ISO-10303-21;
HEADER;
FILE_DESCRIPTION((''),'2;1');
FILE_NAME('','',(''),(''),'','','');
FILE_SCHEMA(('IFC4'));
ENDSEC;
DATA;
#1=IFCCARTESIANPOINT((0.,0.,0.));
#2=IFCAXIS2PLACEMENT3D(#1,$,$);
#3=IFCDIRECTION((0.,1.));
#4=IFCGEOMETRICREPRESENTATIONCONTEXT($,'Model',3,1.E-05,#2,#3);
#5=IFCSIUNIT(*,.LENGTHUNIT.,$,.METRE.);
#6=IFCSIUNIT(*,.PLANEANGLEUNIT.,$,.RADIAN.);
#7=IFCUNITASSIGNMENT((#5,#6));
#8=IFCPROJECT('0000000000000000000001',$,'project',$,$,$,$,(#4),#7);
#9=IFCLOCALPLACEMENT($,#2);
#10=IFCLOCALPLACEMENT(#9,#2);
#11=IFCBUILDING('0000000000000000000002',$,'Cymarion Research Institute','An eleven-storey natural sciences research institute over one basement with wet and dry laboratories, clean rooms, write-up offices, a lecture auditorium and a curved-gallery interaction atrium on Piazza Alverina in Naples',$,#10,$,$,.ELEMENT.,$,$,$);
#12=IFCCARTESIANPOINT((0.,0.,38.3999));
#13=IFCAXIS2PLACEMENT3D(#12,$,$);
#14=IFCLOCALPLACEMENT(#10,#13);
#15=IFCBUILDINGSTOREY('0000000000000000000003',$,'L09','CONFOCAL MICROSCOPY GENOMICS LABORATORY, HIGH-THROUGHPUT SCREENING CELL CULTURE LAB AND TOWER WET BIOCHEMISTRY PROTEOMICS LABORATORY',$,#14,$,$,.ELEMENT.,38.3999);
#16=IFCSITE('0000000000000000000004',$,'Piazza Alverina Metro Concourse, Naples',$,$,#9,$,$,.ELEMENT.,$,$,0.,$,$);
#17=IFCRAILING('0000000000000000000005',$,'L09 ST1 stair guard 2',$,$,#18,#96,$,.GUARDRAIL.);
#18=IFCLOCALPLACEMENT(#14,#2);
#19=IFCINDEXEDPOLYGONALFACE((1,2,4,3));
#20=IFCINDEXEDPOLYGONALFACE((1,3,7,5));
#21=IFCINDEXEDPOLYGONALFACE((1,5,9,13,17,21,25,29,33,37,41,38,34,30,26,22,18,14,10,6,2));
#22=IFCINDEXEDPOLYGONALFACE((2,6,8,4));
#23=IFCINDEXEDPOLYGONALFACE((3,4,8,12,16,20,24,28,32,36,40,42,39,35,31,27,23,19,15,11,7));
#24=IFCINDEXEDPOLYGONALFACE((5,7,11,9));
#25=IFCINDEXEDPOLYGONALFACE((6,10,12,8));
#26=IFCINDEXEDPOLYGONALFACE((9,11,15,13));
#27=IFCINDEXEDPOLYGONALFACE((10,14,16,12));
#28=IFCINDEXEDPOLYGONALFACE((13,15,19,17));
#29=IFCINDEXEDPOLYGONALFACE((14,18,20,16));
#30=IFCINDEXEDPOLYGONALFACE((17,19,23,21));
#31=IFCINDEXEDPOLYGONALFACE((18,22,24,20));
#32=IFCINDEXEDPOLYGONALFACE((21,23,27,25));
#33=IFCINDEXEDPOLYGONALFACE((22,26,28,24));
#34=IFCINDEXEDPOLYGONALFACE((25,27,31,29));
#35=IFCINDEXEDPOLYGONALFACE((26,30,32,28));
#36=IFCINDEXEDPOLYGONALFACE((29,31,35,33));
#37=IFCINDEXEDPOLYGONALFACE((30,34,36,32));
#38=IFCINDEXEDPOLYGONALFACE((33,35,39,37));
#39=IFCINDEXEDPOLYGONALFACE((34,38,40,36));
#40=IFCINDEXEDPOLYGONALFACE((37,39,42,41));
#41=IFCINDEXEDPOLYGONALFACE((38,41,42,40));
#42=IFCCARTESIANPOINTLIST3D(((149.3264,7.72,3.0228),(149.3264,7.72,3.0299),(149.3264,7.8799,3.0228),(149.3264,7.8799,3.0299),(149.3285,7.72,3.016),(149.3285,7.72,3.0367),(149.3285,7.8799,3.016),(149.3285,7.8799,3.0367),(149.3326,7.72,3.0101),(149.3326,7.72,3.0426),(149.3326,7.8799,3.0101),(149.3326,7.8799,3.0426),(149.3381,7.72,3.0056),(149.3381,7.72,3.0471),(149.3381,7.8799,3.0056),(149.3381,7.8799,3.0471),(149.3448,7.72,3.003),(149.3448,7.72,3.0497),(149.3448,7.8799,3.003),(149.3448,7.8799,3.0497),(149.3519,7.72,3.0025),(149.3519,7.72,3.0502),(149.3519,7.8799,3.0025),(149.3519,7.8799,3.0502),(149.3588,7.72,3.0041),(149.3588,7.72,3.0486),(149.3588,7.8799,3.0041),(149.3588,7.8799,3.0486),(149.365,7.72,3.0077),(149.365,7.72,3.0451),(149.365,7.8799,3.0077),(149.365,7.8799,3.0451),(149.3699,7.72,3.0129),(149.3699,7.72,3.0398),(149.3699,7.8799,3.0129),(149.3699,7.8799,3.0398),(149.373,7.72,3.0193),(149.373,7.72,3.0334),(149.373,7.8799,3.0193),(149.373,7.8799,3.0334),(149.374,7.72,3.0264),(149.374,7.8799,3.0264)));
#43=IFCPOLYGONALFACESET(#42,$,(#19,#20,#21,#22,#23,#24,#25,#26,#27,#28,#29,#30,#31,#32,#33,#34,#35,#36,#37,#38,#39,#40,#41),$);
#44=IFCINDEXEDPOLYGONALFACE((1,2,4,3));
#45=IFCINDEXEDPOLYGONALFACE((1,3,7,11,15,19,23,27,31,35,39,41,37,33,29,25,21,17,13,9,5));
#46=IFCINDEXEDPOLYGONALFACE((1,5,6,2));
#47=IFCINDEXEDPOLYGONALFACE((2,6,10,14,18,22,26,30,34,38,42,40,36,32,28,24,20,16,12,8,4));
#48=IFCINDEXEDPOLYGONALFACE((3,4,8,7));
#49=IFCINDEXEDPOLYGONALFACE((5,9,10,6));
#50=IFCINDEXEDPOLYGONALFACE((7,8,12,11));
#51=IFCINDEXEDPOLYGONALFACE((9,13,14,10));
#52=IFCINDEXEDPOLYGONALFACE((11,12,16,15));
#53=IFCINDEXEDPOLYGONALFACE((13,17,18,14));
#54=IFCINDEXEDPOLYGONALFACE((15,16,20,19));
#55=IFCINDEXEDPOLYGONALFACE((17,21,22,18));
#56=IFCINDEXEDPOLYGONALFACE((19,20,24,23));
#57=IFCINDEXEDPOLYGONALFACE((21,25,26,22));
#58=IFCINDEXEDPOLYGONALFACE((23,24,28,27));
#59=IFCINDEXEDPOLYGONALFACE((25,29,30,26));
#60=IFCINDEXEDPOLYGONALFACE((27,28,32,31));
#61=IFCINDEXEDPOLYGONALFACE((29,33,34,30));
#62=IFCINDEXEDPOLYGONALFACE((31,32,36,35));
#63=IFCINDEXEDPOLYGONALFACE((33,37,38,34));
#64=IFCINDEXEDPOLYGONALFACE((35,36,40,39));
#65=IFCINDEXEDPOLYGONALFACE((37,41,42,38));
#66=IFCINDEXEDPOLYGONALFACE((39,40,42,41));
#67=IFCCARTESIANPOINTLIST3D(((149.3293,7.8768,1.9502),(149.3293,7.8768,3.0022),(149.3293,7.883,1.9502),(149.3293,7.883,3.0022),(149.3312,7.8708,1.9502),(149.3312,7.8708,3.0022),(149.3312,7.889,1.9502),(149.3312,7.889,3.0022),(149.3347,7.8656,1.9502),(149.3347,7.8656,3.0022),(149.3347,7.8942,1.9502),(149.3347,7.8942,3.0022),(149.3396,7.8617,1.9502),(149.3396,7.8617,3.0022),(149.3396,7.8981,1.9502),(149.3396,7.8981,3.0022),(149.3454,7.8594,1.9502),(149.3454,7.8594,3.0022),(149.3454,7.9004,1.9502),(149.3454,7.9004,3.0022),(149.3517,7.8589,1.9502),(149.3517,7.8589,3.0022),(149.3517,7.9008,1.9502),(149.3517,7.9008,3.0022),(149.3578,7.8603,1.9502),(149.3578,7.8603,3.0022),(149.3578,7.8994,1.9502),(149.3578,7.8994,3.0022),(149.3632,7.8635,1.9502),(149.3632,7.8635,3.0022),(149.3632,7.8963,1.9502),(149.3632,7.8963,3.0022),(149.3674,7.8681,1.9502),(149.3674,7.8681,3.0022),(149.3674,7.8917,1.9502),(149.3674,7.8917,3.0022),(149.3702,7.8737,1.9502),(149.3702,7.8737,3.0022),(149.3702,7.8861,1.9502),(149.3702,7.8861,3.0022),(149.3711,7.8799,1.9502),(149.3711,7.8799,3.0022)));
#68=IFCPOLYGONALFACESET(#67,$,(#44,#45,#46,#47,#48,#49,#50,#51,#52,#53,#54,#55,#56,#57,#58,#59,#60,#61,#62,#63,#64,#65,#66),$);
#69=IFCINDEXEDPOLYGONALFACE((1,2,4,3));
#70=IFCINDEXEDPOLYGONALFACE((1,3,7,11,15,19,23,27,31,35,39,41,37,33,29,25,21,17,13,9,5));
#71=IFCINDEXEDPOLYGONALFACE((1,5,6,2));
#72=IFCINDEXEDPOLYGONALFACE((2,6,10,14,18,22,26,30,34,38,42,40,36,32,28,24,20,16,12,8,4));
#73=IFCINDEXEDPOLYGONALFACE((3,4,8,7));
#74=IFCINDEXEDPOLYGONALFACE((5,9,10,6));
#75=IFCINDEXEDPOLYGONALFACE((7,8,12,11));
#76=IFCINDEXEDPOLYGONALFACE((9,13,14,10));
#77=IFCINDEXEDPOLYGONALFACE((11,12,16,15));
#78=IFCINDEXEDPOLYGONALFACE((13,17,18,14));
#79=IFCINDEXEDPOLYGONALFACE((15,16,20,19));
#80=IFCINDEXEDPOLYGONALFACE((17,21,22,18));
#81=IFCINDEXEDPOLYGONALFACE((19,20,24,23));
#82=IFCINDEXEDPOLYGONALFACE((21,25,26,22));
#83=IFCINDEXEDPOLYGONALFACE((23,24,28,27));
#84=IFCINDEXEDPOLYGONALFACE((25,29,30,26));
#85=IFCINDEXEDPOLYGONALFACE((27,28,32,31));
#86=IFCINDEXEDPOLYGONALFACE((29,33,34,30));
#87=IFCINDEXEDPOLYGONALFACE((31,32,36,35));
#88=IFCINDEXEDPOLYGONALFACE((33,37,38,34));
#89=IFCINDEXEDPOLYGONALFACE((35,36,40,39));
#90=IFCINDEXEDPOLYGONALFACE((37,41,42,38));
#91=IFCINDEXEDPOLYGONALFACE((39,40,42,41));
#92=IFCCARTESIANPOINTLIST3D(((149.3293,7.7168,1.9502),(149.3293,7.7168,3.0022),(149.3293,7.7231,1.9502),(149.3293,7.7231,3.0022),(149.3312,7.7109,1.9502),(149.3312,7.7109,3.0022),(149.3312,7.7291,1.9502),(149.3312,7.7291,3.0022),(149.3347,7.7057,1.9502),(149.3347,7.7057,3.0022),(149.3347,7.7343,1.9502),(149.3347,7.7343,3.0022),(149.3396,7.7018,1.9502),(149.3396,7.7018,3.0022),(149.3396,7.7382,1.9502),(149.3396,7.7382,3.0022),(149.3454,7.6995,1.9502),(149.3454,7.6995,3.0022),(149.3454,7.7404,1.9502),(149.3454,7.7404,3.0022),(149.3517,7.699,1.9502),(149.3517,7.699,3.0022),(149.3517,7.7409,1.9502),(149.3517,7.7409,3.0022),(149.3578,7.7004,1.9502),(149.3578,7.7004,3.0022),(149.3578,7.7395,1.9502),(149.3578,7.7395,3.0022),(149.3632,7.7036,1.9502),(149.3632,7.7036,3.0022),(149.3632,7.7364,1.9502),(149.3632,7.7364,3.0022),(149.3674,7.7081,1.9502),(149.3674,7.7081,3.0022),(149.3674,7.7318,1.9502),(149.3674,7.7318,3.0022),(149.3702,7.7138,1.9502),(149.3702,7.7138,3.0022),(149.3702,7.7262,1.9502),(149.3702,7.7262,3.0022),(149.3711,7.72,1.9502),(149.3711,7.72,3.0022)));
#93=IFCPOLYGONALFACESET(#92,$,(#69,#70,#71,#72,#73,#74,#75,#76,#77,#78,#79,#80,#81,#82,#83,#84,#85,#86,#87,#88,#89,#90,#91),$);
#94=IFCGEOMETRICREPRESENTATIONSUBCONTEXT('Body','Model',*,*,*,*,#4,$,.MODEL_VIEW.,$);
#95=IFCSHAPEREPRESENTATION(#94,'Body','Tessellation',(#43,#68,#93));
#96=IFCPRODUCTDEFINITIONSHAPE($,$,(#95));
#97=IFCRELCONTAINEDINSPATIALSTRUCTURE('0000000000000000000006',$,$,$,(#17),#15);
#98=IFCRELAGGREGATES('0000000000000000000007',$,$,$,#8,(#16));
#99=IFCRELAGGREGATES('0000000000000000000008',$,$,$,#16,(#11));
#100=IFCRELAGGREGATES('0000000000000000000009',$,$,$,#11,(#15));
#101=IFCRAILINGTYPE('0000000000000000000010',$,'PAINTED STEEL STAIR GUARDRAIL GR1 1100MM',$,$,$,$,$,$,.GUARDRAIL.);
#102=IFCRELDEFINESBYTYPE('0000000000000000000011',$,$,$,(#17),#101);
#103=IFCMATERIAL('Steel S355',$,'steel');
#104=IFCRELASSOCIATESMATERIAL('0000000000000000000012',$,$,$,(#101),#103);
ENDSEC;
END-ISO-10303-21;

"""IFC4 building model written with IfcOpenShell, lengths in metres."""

from ifc_helpers import new_model, si_unit, direction, frame, origin, origin_2d, place, context, subcontext, project, spatial, circle, extrude, material, type_object, element, save


model = new_model("IFC4")

# Units and contexts
model_context = context("Model", 3, precision=1e-05, world=origin(), true_north=direction((0.0, 1.0)))
body_context = subcontext(model_context, "Body", "Model", "MODEL_VIEW")
ifc_project = project(units=[si_unit("LENGTHUNIT", "METRE"), si_unit("PLANEANGLEUNIT", "RADIAN")], contexts=[model_context])

# Site, building, storey
site_placement = place(None, origin())
site = spatial("IfcSite", under=ifc_project, at=site_placement, Name="Piazza Alverina Metro Concourse, Naples", CompositionType="ELEMENT", RefElevation=0.0)
building_placement = place(site_placement, origin())
building = spatial("IfcBuilding", under=site, at=building_placement, Name="Cymarion Research Institute", Description="An eleven-storey natural sciences research institute over one basement with wet and dry laboratories, clean rooms, write-up offices, a lecture auditorium and a curved-gallery interaction atrium on Piazza Alverina in Naples", CompositionType="ELEMENT")
storey_placement = place(building_placement, frame((0.0, 0.0, 38.3999)))
storey = spatial("IfcBuildingStorey", under=building, at=storey_placement, Name="L09", Description="CONFOCAL MICROSCOPY GENOMICS LABORATORY, HIGH-THROUGHPUT SCREENING CELL CULTURE LAB AND TOWER WET BIOCHEMISTRY PROTEOMICS LABORATORY", CompositionType="ELEMENT", Elevation=38.3999)

# Shared definitions
ifc_material_1 = material(Name="Steel S355", Category="steel")

# Railing
railing_type_1 = type_object("IfcRailingType", Name="PAINTED STEEL STAIR GUARDRAIL GR1 1100MM", PredefinedType="GUARDRAIL", material=ifc_material_1)
railing_1_placement = place(storey_placement, frame((149.3501, 7.8799, 1.9502)))
element("IfcRailing", 1, at=railing_1_placement, inside=storey, type_object=railing_type_1, Name="L09 ST1 stair guard 2", PredefinedType="GUARDRAIL", context=body_context, shape_type="SweptSolid", body=[
    extrude(circle(Radius=0.0239, at=origin_2d()), frame((0.0, 0.0, 1.0762), z_axis=(0.0, -1.0, 0.0), x_axis=(1.0, 0.0, 0.0)), (0.0, 0.0, 1.0), 0.1599),
    extrude(circle(Radius=0.021, at=origin_2d()), origin(), (0.0, 0.0, 1.0), 1.052),
    extrude(circle(Radius=0.021, at=origin_2d()), frame((0.0, -0.1599, 0.0)), (0.0, 0.0, 1.0), 1.052),
])

save(model, "model.ifc")
